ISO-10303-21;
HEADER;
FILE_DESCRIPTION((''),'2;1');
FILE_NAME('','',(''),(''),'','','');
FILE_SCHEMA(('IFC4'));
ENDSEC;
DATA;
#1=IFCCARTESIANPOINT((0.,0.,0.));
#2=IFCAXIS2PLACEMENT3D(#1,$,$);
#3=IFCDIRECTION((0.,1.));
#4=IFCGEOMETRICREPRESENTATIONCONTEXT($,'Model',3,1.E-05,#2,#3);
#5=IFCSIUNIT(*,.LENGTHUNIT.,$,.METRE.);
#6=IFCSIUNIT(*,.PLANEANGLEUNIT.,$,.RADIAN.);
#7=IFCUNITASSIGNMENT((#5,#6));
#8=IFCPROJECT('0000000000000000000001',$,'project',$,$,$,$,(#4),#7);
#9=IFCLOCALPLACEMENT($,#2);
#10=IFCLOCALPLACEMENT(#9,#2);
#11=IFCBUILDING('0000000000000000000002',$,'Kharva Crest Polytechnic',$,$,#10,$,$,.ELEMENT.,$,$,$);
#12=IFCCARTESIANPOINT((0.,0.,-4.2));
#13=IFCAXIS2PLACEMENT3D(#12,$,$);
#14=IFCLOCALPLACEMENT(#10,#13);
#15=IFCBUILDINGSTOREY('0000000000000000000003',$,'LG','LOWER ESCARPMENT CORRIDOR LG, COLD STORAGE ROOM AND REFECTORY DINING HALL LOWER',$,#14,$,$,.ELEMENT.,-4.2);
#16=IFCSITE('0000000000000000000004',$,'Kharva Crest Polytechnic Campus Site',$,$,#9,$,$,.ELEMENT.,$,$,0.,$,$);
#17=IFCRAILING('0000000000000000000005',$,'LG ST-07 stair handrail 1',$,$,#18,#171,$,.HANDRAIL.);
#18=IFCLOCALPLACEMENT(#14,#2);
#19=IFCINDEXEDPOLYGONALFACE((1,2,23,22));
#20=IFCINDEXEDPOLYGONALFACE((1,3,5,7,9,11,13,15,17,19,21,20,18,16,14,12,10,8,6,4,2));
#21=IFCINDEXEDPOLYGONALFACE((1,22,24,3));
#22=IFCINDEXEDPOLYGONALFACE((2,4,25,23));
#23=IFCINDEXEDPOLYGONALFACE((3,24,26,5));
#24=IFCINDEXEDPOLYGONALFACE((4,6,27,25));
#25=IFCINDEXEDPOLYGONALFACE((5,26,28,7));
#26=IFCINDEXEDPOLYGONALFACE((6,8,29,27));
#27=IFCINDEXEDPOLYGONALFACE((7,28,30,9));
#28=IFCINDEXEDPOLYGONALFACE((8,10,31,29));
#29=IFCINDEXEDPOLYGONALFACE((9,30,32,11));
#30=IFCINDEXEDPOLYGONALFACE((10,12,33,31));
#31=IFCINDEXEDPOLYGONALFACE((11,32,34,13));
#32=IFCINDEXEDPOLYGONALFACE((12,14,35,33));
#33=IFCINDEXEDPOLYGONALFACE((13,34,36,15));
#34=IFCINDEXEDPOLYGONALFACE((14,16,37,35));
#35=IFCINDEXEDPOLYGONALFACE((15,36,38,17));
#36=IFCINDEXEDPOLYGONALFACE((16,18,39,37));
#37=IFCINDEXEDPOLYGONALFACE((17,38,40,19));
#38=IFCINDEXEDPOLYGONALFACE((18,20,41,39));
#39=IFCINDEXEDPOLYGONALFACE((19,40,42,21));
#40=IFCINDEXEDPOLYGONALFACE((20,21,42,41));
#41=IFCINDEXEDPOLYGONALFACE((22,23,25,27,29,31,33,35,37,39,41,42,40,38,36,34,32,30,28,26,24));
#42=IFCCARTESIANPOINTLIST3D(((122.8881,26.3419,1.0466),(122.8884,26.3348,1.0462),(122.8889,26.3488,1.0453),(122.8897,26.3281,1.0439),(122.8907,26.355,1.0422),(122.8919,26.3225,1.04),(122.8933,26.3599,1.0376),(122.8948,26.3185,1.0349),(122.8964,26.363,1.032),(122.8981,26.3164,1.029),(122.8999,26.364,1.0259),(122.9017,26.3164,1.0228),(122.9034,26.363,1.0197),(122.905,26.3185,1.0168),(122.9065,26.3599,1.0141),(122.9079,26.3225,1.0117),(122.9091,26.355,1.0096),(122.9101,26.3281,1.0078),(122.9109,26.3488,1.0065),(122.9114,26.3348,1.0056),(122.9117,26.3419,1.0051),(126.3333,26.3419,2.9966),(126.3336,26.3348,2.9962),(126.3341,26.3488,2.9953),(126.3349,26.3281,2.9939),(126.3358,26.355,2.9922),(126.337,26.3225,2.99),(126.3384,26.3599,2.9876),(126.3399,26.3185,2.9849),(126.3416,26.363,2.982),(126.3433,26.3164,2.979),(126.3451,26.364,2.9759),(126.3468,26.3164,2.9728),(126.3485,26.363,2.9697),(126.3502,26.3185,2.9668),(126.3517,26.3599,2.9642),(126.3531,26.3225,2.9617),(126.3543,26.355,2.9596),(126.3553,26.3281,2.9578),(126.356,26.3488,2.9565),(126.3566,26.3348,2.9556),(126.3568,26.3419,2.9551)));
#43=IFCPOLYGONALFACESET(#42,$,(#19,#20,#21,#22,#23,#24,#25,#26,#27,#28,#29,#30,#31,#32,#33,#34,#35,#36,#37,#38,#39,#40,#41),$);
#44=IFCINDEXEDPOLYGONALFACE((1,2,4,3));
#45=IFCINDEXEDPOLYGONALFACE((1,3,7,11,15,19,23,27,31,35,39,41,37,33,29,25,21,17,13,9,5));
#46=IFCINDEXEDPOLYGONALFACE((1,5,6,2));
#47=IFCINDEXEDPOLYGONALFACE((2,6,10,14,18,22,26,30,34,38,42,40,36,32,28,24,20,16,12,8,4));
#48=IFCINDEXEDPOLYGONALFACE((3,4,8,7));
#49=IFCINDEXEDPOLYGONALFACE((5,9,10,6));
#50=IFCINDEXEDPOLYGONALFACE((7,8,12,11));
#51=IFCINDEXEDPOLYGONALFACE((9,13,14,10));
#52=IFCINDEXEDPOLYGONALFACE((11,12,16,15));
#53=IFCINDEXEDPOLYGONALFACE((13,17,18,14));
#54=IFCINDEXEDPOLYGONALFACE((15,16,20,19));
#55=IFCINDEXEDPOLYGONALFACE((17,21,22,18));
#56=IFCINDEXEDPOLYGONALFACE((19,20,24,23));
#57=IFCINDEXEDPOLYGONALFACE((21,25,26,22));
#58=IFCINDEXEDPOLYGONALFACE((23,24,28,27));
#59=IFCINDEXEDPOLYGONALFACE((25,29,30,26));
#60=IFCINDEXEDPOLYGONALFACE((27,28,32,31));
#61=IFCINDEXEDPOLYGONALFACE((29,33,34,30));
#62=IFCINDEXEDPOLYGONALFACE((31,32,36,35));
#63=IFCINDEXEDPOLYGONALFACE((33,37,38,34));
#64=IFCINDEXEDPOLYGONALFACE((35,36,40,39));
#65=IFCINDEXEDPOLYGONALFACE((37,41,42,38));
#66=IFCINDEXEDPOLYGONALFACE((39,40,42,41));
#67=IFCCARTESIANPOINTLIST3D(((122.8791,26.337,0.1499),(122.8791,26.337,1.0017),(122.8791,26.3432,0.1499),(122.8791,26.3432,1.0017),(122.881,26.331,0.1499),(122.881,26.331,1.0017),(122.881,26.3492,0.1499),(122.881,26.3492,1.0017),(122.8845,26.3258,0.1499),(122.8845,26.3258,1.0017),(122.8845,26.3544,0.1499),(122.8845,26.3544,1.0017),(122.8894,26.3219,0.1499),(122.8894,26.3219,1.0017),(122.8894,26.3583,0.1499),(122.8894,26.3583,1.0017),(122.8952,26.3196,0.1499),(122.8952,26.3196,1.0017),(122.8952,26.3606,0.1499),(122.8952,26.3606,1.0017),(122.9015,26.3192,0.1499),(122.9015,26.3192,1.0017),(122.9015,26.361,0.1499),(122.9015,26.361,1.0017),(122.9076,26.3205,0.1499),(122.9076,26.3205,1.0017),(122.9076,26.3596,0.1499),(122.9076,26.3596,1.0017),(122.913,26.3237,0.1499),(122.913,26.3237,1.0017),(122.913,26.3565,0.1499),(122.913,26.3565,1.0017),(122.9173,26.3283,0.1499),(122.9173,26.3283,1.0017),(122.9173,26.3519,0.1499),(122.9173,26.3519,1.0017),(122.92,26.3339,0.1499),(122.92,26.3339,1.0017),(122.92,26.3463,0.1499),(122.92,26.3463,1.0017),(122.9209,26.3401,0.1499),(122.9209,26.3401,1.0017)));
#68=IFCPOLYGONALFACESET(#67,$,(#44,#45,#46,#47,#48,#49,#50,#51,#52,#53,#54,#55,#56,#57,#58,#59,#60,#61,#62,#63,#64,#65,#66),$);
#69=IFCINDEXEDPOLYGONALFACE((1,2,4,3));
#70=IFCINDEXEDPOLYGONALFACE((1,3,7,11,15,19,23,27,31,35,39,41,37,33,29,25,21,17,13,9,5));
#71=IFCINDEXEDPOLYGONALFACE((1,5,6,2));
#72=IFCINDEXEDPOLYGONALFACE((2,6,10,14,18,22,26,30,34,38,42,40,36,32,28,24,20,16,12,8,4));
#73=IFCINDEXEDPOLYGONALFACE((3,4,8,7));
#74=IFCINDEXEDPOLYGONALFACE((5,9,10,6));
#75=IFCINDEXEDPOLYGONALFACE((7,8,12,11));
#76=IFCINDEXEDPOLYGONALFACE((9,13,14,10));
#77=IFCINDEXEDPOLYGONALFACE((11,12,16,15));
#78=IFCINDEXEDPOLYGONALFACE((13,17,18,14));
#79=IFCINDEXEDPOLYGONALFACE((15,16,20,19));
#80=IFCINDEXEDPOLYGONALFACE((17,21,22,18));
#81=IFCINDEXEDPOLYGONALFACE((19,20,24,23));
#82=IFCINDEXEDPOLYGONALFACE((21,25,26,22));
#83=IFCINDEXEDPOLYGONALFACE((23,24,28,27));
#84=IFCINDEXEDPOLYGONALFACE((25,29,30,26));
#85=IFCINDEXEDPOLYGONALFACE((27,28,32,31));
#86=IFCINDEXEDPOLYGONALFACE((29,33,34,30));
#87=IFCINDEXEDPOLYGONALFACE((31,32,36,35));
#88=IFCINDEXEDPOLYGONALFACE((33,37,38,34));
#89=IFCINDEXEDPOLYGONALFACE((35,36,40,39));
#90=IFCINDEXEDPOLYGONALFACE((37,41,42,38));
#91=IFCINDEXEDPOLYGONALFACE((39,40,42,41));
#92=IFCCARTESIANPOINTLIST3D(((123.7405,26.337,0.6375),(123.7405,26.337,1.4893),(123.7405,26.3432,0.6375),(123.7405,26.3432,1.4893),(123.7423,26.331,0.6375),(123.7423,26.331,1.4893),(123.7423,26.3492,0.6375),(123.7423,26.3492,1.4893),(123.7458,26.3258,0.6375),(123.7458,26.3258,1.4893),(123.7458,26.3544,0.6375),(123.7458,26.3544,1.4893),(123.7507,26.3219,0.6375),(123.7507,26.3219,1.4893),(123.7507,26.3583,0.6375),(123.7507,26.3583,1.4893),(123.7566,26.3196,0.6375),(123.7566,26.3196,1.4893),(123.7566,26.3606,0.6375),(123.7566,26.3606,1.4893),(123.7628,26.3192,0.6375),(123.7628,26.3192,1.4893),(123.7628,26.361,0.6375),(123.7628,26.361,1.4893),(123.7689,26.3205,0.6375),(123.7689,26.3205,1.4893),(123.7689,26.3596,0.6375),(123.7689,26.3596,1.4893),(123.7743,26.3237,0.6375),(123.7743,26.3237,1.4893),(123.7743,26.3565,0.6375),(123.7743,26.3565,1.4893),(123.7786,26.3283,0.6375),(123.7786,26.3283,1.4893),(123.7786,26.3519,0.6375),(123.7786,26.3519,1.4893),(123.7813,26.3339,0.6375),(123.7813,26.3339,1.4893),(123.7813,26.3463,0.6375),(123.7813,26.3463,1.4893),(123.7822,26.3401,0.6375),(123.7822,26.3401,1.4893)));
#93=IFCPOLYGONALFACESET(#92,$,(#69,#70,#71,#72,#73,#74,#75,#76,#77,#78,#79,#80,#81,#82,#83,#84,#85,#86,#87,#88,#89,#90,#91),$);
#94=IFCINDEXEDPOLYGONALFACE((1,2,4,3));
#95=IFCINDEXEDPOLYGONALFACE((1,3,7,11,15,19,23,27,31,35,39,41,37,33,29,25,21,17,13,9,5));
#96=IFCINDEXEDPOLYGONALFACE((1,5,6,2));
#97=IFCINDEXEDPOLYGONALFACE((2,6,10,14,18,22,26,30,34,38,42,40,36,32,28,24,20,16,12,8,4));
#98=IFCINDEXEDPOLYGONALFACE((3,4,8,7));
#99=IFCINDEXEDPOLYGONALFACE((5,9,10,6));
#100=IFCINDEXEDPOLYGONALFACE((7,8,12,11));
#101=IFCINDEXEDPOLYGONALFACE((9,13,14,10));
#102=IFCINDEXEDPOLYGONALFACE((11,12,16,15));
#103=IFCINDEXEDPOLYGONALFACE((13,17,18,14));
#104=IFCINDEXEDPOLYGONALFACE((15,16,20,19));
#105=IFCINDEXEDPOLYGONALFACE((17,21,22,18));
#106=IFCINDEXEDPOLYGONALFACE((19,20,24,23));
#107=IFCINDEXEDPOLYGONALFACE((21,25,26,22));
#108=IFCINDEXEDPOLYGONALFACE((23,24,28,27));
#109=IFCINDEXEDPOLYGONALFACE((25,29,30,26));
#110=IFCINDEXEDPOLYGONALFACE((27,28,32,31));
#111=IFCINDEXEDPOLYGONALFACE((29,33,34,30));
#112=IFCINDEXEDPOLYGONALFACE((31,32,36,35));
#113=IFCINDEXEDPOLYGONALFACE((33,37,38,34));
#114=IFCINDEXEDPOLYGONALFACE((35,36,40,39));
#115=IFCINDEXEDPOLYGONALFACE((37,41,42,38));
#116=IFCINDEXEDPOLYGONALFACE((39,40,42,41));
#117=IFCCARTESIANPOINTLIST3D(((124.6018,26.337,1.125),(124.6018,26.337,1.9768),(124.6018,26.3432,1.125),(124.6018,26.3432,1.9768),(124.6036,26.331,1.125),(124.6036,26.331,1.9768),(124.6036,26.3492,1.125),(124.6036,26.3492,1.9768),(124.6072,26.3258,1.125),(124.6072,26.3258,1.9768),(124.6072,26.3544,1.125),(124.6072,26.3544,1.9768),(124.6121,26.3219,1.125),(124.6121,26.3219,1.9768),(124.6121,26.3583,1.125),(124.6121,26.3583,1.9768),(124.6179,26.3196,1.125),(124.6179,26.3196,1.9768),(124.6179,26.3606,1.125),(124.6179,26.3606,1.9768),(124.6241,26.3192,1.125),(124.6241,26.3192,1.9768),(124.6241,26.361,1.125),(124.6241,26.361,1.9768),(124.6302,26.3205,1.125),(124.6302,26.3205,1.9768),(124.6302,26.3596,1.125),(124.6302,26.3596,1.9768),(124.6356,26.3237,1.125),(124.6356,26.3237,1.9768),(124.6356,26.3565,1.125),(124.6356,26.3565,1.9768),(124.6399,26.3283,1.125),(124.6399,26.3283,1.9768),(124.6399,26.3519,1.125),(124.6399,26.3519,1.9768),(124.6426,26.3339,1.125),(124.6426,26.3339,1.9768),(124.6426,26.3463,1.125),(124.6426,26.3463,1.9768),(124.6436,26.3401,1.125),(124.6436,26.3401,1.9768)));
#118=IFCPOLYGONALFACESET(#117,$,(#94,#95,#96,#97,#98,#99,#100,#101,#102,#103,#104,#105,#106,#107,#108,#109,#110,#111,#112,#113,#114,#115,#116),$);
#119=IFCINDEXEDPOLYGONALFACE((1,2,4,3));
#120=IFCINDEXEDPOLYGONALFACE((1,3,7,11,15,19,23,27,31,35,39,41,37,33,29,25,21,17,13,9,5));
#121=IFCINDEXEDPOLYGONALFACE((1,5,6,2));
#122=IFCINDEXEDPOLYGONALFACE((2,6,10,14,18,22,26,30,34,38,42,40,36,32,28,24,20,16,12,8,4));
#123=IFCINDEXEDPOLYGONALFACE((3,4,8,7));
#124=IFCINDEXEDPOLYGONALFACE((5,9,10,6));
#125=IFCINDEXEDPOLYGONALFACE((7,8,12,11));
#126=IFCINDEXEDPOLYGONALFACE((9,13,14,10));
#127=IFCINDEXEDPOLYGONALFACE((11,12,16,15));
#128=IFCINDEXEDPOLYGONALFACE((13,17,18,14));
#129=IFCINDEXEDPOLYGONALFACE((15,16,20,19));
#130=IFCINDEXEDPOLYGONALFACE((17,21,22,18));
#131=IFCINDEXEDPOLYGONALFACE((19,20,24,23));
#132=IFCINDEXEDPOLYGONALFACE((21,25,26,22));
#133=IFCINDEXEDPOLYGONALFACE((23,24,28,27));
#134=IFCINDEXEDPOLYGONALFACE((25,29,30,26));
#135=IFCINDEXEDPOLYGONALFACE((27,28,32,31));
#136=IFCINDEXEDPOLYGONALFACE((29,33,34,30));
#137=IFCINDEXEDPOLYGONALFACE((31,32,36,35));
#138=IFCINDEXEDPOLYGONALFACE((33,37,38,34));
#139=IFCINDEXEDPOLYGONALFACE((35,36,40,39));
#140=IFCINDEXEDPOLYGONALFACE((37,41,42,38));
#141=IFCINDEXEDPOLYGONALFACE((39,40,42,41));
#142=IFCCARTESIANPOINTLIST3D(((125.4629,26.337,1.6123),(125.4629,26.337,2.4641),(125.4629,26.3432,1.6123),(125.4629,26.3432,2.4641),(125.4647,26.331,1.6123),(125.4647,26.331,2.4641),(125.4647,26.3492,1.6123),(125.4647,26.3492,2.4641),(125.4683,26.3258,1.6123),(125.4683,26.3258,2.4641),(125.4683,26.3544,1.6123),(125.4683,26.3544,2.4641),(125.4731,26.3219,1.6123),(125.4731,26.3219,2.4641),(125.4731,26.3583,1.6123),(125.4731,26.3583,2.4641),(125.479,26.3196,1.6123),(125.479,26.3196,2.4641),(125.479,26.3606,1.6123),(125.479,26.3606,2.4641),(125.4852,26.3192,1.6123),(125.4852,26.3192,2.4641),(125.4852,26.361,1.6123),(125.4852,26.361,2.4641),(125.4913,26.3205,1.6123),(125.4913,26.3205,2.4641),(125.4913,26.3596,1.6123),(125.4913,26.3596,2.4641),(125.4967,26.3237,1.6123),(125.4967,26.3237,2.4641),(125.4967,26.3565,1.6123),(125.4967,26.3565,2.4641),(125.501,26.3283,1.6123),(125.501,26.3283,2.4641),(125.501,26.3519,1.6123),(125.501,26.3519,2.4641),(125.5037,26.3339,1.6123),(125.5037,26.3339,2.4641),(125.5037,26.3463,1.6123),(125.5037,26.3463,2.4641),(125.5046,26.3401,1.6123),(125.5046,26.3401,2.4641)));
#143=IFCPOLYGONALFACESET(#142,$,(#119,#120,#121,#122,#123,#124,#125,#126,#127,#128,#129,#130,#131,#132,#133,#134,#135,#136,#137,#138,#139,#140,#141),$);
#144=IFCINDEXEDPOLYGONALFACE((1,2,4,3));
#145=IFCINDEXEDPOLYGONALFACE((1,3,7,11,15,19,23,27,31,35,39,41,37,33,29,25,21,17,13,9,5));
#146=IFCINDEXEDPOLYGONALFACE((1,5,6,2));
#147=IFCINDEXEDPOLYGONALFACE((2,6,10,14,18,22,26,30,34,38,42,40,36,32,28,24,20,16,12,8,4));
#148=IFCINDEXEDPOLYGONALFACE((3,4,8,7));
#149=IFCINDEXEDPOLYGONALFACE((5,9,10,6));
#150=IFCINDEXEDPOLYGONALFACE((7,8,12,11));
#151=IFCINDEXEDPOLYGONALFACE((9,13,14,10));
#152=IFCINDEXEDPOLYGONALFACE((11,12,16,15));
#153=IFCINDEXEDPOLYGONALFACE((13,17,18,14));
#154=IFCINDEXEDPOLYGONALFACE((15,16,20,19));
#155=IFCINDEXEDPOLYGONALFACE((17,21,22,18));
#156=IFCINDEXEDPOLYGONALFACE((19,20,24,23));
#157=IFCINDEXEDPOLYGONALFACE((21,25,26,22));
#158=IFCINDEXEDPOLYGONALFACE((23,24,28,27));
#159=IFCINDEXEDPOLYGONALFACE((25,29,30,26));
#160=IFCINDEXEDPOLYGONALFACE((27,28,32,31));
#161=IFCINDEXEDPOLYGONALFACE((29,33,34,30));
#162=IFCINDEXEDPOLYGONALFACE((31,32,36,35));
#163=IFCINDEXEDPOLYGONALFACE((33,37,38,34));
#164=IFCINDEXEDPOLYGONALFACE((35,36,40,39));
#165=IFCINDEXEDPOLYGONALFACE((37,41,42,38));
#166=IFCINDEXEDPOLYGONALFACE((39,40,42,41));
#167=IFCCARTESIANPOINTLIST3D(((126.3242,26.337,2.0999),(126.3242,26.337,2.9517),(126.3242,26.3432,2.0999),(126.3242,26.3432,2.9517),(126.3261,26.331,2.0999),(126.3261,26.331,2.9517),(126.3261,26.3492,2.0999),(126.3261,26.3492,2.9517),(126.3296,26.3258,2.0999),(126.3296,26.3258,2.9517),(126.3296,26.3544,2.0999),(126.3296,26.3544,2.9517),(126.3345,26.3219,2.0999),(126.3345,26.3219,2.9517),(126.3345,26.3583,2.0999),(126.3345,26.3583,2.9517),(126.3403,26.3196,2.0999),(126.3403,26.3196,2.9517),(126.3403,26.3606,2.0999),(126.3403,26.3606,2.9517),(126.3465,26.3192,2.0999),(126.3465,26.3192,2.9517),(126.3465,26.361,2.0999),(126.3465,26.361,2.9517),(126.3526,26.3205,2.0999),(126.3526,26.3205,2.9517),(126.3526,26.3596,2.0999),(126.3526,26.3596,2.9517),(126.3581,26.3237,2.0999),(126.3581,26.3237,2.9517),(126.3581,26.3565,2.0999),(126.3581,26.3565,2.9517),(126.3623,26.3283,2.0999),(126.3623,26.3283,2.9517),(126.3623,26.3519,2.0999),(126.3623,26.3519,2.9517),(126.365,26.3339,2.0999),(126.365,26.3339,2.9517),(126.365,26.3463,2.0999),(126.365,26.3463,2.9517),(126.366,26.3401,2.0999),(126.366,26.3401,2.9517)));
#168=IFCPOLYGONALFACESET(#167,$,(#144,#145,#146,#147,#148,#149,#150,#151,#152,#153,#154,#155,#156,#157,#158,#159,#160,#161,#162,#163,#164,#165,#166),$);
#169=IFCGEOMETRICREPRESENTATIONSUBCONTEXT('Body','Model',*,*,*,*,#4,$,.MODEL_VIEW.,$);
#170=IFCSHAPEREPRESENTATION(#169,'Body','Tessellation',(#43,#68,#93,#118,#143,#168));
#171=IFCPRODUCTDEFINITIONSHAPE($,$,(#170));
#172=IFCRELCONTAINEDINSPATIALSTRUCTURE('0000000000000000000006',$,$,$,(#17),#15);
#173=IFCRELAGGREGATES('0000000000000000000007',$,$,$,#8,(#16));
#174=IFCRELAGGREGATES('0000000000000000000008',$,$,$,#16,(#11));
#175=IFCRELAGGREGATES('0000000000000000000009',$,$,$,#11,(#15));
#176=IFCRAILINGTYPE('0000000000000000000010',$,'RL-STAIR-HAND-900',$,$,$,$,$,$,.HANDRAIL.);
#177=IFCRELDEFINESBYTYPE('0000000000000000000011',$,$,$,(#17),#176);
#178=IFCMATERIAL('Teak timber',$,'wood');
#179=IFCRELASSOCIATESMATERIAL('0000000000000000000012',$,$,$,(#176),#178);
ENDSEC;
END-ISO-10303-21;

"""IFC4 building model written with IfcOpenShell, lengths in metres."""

from ifc_helpers import new_model, si_unit, direction, frame, origin, origin_2d, place, context, subcontext, project, spatial, circle, extrude, material, type_object, element, save


model = new_model("IFC4")

# Units and contexts
model_context = context("Model", 3, precision=1e-05, world=origin(), true_north=direction((0.0, 1.0)))
body_context = subcontext(model_context, "Body", "Model", "MODEL_VIEW")
ifc_project = project(units=[si_unit("LENGTHUNIT", "METRE"), si_unit("PLANEANGLEUNIT", "RADIAN")], contexts=[model_context])

# Site, building, storey
site_placement = place(None, origin())
site = spatial("IfcSite", under=ifc_project, at=site_placement, Name="Kharva Crest Polytechnic Campus Site", CompositionType="ELEMENT", RefElevation=0.0)
building_placement = place(site_placement, origin())
building = spatial("IfcBuilding", under=site, at=building_placement, Name="Kharva Crest Polytechnic", CompositionType="ELEMENT")
storey_placement = place(building_placement, frame((0.0, 0.0, -4.2)))
storey = spatial("IfcBuildingStorey", under=building, at=storey_placement, Name="LG", Description="LOWER ESCARPMENT CORRIDOR LG, COLD STORAGE ROOM AND REFECTORY DINING HALL LOWER", CompositionType="ELEMENT", Elevation=-4.2)

# Shared definitions
ifc_material_1 = material(Name="Teak timber", Category="wood")

# Railing
railing_type = type_object("IfcRailingType", Name="RL-STAIR-HAND-900", PredefinedType="HANDRAIL", material=ifc_material_1)
railing_placement = place(storey_placement, frame((122.8999, 26.3401, 0.1499)))
element("IfcRailing", 1, at=railing_placement, inside=storey, type_object=railing_type, Name="LG ST-07 stair handrail 1", PredefinedType="HANDRAIL", context=body_context, shape_type="SweptSolid", body=[
    extrude(circle(Radius=0.0239, at=origin_2d()), frame((0.0, 0.0, 0.876), z_axis=(0.870266, 0.0, 0.492581), x_axis=(0.0, 1.0, 0.0)), (0.0, 0.0, 1.0), 3.9587),
    extrude(circle(Radius=0.021, at=origin_2d()), origin(), (0.0, 0.0, 1.0), 0.8518),
    extrude(circle(Radius=0.021, at=origin_2d()), frame((0.8613, 0.0, 0.4875)), (0.0, 0.0, 1.0), 0.8518),
    extrude(circle(Radius=0.021, at=origin_2d()), frame((1.7227, 0.0, 0.9751)), (0.0, 0.0, 1.0), 0.8518),
    extrude(circle(Radius=0.021, at=origin_2d()), frame((2.5837, 0.0, 1.4624)), (0.0, 0.0, 1.0), 0.8518),
    extrude(circle(Radius=0.021, at=origin_2d()), frame((3.4451, 0.0, 1.95)), (0.0, 0.0, 1.0), 0.8518),
])

save(model, "model.ifc")
